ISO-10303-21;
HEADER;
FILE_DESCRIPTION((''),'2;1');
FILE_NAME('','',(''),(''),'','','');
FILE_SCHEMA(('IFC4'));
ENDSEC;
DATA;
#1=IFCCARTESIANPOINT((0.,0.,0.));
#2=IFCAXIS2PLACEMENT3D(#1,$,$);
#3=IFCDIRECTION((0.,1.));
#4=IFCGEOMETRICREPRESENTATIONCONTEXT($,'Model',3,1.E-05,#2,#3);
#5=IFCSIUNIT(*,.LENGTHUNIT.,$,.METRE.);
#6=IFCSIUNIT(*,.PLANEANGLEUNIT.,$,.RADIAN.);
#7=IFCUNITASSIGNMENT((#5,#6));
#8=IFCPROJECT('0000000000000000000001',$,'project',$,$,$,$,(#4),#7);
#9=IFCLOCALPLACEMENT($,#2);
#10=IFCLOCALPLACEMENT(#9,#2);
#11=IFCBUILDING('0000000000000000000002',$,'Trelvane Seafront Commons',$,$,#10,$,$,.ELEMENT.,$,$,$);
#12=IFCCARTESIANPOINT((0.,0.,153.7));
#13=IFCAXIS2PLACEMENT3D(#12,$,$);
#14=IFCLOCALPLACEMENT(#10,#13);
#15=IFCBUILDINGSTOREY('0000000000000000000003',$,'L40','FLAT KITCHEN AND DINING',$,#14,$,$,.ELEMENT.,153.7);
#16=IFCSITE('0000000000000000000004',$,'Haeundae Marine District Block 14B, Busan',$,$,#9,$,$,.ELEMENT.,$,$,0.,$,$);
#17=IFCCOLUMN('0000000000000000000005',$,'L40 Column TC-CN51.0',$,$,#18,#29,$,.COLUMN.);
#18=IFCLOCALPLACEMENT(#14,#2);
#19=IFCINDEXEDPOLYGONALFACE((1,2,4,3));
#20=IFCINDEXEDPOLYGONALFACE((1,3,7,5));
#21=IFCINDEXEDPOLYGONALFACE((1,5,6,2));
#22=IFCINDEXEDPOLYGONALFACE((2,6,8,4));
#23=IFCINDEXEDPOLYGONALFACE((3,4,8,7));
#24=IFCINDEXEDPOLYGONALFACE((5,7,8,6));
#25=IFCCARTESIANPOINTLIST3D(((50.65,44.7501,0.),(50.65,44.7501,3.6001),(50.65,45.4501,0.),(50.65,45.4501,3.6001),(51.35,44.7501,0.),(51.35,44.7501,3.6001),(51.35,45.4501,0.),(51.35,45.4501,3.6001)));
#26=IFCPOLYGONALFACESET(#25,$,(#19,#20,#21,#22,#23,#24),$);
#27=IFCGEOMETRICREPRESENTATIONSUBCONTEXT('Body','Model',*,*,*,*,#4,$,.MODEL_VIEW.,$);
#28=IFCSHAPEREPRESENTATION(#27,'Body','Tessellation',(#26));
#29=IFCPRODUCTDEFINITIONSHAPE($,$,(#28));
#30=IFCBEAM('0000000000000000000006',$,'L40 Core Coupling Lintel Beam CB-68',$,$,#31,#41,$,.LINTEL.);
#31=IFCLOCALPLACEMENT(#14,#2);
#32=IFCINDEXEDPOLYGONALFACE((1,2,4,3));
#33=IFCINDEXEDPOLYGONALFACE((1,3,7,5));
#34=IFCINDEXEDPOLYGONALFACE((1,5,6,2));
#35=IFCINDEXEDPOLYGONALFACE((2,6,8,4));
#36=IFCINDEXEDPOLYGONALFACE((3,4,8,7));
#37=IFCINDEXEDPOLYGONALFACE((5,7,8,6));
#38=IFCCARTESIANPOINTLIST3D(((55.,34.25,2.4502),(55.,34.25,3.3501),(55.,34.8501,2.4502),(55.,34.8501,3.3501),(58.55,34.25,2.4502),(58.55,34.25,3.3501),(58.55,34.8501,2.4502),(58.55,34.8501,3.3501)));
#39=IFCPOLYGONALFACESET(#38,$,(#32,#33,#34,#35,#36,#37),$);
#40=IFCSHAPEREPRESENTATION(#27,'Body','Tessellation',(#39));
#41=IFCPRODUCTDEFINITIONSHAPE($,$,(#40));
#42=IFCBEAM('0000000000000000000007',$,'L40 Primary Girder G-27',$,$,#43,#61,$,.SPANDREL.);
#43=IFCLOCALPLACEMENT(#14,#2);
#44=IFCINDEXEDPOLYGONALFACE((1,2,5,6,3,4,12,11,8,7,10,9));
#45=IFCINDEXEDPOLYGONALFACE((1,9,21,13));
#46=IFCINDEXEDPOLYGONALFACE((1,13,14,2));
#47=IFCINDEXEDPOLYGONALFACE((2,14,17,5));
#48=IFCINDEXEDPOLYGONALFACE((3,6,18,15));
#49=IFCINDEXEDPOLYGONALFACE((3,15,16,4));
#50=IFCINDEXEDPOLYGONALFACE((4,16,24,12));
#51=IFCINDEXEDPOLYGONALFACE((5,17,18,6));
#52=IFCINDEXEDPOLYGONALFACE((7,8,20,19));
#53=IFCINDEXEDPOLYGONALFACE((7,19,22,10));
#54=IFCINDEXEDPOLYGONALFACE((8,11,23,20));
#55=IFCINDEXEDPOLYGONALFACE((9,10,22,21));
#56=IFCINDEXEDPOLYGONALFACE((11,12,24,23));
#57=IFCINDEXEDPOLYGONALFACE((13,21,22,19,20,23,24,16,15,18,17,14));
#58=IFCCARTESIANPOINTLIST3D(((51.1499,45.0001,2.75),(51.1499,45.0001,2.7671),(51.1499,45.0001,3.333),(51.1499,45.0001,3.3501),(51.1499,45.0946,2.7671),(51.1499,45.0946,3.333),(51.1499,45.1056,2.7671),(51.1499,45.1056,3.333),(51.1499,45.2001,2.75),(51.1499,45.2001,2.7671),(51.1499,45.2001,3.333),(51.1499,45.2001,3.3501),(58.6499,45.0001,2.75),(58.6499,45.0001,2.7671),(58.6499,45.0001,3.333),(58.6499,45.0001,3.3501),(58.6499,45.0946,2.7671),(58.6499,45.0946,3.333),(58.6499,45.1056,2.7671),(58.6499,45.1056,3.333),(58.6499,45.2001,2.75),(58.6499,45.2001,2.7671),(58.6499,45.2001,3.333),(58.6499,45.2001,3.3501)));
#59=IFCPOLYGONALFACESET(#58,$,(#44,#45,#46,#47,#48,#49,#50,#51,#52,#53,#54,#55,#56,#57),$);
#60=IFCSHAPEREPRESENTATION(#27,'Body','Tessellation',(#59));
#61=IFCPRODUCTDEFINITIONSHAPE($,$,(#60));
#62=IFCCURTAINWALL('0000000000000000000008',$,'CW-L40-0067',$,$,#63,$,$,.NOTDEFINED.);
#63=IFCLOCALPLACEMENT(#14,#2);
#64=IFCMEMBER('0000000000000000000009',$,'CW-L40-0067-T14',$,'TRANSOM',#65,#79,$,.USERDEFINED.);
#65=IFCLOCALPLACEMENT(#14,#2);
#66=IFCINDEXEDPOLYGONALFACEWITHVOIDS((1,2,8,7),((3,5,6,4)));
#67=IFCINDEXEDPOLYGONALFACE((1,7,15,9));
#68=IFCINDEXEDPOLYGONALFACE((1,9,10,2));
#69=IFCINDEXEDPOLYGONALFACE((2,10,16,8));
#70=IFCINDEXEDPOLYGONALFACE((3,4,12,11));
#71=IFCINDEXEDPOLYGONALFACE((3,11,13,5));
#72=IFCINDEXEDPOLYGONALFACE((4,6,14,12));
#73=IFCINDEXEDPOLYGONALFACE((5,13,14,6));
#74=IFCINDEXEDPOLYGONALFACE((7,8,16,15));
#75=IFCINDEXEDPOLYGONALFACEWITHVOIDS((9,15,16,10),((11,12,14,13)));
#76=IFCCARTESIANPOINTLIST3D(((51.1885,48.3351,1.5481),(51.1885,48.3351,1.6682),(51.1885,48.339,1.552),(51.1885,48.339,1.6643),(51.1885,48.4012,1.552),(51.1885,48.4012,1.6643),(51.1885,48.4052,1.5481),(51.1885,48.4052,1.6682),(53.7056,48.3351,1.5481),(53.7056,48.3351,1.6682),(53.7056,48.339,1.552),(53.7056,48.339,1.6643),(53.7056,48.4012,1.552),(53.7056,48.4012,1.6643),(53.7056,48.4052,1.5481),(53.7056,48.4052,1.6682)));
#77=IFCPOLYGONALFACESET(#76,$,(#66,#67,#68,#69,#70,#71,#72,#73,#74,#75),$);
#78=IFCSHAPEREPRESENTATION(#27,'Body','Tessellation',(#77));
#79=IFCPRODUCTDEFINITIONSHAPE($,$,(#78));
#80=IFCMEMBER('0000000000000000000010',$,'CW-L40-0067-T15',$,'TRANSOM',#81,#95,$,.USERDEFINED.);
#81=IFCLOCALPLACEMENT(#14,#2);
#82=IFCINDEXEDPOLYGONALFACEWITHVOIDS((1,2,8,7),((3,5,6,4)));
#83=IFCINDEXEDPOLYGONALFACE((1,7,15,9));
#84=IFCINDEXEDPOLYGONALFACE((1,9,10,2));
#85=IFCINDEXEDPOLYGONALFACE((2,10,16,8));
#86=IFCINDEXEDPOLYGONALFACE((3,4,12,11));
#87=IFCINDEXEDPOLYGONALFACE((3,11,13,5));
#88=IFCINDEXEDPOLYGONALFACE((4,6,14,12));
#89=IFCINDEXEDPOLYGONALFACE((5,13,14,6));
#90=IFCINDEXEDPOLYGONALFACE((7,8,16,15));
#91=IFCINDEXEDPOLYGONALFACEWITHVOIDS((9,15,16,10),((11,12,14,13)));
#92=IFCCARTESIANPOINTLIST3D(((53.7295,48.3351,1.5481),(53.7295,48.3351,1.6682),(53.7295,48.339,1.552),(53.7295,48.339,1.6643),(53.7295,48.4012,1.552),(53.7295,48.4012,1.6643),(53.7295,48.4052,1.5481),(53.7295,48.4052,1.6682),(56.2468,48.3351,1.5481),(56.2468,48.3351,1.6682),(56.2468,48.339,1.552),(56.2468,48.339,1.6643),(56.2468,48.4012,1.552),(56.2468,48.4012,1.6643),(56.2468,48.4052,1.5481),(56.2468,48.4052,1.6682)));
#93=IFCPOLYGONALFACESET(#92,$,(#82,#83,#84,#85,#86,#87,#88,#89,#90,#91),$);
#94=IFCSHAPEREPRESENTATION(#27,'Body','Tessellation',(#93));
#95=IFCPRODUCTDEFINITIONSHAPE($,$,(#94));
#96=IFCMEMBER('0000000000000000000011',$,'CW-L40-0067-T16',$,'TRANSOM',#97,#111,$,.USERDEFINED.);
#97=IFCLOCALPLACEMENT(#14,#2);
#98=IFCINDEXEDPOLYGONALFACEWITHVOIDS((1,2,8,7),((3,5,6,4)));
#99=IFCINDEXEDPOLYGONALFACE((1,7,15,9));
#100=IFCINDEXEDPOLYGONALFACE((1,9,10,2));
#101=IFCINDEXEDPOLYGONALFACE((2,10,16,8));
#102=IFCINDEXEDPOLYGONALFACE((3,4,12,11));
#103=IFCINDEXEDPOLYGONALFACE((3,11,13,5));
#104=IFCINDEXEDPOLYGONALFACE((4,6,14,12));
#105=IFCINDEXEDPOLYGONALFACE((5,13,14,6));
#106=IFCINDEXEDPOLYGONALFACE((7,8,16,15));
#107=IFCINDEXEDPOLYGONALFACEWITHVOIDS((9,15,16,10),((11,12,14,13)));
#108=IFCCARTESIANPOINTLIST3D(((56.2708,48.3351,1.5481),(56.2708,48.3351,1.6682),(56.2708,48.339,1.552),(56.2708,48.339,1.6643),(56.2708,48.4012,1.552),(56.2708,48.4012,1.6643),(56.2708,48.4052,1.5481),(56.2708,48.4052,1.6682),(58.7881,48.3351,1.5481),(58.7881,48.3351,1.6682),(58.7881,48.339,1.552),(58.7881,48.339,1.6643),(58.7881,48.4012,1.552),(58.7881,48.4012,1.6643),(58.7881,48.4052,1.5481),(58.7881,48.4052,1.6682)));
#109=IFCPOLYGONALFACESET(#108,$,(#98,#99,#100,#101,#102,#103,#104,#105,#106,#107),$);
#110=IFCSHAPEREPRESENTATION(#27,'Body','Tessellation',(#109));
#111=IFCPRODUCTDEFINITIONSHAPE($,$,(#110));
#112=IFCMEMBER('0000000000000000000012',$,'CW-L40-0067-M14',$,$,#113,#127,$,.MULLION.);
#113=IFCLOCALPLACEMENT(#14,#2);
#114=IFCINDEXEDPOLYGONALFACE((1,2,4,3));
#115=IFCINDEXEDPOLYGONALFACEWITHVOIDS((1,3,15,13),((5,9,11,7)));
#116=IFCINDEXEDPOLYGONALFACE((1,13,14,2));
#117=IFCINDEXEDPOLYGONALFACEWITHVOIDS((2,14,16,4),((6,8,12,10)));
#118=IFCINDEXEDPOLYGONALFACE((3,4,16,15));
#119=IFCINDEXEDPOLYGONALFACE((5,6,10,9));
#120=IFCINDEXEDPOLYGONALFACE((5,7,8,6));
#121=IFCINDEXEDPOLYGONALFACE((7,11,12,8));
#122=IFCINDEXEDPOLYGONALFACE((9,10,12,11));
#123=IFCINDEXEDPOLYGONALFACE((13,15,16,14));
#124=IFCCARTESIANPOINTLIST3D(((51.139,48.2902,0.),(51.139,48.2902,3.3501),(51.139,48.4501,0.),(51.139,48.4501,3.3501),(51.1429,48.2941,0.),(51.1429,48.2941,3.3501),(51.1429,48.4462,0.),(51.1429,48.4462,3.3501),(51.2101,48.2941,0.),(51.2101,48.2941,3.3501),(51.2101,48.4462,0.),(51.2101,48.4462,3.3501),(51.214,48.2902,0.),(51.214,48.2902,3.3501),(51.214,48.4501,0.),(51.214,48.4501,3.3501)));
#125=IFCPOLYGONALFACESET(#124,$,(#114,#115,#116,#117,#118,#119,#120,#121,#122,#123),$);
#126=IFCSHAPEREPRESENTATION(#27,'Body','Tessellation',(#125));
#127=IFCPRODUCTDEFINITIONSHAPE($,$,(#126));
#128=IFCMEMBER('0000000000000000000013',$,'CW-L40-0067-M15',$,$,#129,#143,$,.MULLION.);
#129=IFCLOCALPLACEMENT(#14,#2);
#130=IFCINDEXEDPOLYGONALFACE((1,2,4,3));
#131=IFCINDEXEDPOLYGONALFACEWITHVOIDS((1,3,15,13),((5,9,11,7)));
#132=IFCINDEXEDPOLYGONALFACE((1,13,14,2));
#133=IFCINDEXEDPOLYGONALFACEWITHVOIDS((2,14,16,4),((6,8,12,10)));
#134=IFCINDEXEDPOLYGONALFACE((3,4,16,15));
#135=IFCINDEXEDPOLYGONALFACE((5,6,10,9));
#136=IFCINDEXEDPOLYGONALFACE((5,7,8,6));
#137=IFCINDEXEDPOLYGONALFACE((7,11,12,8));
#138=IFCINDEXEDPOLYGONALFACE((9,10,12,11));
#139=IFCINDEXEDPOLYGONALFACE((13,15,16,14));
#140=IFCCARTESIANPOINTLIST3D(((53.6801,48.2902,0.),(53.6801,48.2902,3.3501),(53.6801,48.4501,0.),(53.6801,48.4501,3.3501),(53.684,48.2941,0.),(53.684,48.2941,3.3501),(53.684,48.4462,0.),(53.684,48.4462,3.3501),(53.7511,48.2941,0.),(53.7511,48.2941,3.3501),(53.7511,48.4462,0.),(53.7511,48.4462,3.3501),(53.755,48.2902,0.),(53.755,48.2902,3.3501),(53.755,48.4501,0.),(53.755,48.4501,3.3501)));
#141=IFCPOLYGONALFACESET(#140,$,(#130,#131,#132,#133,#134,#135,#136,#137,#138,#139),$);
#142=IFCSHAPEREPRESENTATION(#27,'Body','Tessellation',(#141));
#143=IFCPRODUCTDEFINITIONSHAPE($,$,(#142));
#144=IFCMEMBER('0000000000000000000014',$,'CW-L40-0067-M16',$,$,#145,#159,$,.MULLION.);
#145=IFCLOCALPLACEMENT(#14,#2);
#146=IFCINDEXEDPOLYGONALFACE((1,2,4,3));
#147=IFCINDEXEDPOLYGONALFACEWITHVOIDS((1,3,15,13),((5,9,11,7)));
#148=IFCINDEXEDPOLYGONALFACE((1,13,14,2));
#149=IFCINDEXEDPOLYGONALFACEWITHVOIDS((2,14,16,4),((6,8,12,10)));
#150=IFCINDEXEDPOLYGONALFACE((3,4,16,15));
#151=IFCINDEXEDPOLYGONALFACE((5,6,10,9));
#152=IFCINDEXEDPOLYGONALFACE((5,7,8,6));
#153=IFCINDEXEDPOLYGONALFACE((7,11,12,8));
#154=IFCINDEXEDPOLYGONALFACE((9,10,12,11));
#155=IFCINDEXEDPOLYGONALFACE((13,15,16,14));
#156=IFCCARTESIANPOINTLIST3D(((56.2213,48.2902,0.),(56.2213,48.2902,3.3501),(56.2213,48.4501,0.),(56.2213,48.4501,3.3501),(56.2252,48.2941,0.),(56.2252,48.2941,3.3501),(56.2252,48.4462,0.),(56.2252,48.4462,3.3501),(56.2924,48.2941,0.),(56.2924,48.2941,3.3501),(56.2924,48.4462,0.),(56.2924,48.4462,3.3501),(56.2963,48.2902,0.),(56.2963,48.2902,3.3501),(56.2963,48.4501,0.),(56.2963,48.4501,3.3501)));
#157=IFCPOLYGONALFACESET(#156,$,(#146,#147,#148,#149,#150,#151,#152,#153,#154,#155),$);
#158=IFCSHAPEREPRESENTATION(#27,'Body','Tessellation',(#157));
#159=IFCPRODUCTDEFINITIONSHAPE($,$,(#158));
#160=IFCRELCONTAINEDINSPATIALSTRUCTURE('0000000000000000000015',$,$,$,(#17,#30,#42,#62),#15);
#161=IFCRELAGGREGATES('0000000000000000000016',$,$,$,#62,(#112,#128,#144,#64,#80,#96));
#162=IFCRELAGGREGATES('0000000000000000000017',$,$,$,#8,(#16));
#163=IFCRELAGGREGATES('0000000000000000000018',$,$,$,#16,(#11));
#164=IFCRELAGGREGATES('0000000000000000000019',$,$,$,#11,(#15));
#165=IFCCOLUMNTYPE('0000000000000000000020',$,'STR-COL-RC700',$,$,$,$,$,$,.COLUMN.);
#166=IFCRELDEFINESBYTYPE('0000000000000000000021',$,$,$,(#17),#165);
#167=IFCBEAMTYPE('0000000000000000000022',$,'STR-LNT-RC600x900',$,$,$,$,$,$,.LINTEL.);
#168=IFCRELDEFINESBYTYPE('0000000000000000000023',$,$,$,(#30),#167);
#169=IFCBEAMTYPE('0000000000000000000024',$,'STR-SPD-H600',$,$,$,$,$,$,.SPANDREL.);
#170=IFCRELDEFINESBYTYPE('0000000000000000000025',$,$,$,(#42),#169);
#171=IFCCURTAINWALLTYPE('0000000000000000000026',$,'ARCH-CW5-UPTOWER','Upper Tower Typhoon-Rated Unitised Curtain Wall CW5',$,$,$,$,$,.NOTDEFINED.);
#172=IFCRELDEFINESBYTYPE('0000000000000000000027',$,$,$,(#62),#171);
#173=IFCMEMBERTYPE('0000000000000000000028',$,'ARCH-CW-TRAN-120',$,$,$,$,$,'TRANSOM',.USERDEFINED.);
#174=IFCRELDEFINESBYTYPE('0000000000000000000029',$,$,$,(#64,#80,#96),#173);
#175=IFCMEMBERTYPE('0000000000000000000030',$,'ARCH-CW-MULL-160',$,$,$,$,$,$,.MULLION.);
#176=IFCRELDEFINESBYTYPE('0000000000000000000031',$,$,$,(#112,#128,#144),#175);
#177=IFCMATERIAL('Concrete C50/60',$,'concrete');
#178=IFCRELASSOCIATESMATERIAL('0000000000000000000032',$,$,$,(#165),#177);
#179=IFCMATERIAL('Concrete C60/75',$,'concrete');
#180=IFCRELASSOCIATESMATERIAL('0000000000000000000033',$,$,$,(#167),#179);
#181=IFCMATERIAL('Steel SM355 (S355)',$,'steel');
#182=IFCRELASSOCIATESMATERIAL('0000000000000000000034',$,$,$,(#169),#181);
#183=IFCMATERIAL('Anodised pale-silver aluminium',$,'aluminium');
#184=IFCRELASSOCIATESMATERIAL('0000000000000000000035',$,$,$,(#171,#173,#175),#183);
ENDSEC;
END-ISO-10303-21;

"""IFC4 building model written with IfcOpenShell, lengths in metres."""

from ifc_helpers import new_model, si_unit, direction, frame, origin, origin_2d, place, context, subcontext, project, spatial, rectangle, hollow_rectangle, i_section, extrude, source, transform, mapped, material, material_profile, profile_set, type_object, element, aggregate, save


model = new_model("IFC4")

# Units and contexts
model_context = context("Model", 3, precision=1e-05, world=origin(), true_north=direction((0.0, 1.0)))
body_context = subcontext(model_context, "Body", "Model", "MODEL_VIEW")
ifc_project = project(units=[si_unit("LENGTHUNIT", "METRE"), si_unit("PLANEANGLEUNIT", "RADIAN")], contexts=[model_context])

# Site, building, storey
site_placement = place(None, origin())
site = spatial("IfcSite", under=ifc_project, at=site_placement, Name="Haeundae Marine District Block 14B, Busan", CompositionType="ELEMENT", RefElevation=0.0)
building_placement = place(site_placement, origin())
building = spatial("IfcBuilding", under=site, at=building_placement, Name="Trelvane Seafront Commons", CompositionType="ELEMENT")
storey_placement = place(building_placement, frame((0.0, 0.0, 153.7)))
storey = spatial("IfcBuildingStorey", under=building, at=storey_placement, Name="L40", Description="FLAT KITCHEN AND DINING", CompositionType="ELEMENT", Elevation=153.7)

# Column
ifc_material_1 = material(Name="Concrete C50/60", Category="concrete")
ifc_material_profile_1 = material_profile(ifc_material_1, rectangle(XDim=0.7, YDim=0.7, at=origin_2d()), Name="RC-700x700")
ifc_profile_set_1 = profile_set([ifc_material_profile_1], Name="Concrete C50/60")
column_type = type_object("IfcColumnType", Name="STR-COL-RC700", PredefinedType="COLUMN", material=ifc_profile_set_1)
shared_shape_1 = source(origin(), body_context, "Body", "SweptSolid", [
    extrude(rectangle(XDim=0.7, YDim=0.7, at=origin_2d()), origin(), (0.0, 0.0, 1.0), 3.6001),
])
column_placement = place(storey_placement, frame((51.0, 45.1001, 0.0), z_axis=(0.0, 0.0, 1.0), x_axis=(1.0, 0.0, 0.0)))
element("IfcColumn", 1, at=column_placement, inside=storey, type_object=column_type, Name="L40 Column TC-CN51.0", PredefinedType="COLUMN", context=body_context, shape_type="MappedRepresentation", body=[
    mapped(shared_shape_1, transform((0.0, 0.0, 0.0), x_axis=(1.0, 0.0, 0.0), y_axis=(0.0, 1.0, 0.0), z_axis=(0.0, 0.0, 1.0), scale=1.0)),
])

# Beams
ifc_material_2 = material(Name="Concrete C60/75", Category="concrete")
ifc_material_profile_2 = material_profile(ifc_material_2, rectangle(XDim=0.6001, YDim=0.8999, at=origin_2d()), Name="RC-600x900")
ifc_profile_set_2 = profile_set([ifc_material_profile_2], Name="Concrete C60/75")
beam_type_1 = type_object("IfcBeamType", Name="STR-LNT-RC600x900", PredefinedType="LINTEL", material=ifc_profile_set_2)
shared_shape_2 = source(origin(), body_context, "Body", "SweptSolid", [
    extrude(rectangle(XDim=0.6001, YDim=0.8999, at=origin_2d()), origin(), (0.0, 0.0, 1.0), 3.55),
])
beam_1_placement = place(storey_placement, frame((55.0, 34.55, 2.9001), z_axis=(1.0, 0.0, 0.0), x_axis=(0.0, 1.0, 0.0)))
element("IfcBeam", 2, at=beam_1_placement, inside=storey, type_object=beam_type_1, Name="L40 Core Coupling Lintel Beam CB-68", PredefinedType="LINTEL", context=body_context, shape_type="MappedRepresentation", body=[
    mapped(shared_shape_2, transform((0.0, 0.0, 0.0), x_axis=(1.0, 0.0, 0.0), y_axis=(0.0, 1.0, 0.0), z_axis=(0.0, 0.0, 1.0), scale=1.0)),
])
ifc_material_3 = material(Name="Steel SM355 (S355)", Category="steel")
ifc_material_profile_3 = material_profile(ifc_material_3, i_section(OverallWidth=0.2, OverallDepth=0.6001, WebThickness=0.011, FlangeThickness=0.0171, at=origin_2d()), Name="H-600x200x11x17")
ifc_profile_set_3 = profile_set([ifc_material_profile_3], Name="Steel SM355 (S355)")
beam_type_2 = type_object("IfcBeamType", Name="STR-SPD-H600", PredefinedType="SPANDREL", material=ifc_profile_set_3)
shared_shape_3 = source(origin(), body_context, "Body", "SweptSolid", [
    extrude(i_section(OverallWidth=0.2, OverallDepth=0.6001, WebThickness=0.011, FlangeThickness=0.0171, at=origin_2d()), origin(), (0.0, 0.0, 1.0), 7.5),
])
beam_2_placement = place(storey_placement, frame((51.1499, 45.1001, 3.05), z_axis=(1.0, 0.0, 0.0), x_axis=(0.0, 1.0, 0.0)))
element("IfcBeam", 3, at=beam_2_placement, inside=storey, type_object=beam_type_2, Name="L40 Primary Girder G-27", PredefinedType="SPANDREL", context=body_context, shape_type="MappedRepresentation", body=[
    mapped(shared_shape_3, transform((0.0, 0.0, 0.0), x_axis=(1.0, 0.0, 0.0), y_axis=(0.0, 1.0, 0.0), z_axis=(0.0, 0.0, 1.0), scale=1.0)),
])

# Curtain wall, members
ifc_material_4 = material(Name="Anodised pale-silver aluminium", Category="aluminium")
curtain_wall_type = type_object("IfcCurtainWallType", Name="ARCH-CW5-UPTOWER", Description="Upper Tower Typhoon-Rated Unitised Curtain Wall CW5", PredefinedType="NOTDEFINED", material=ifc_material_4)
curtain_wall_placement = place(storey_placement, origin())
curtain_wall = element("IfcCurtainWall", 4, at=curtain_wall_placement, inside=storey, type_object=curtain_wall_type, Name="CW-L40-0067", PredefinedType="NOTDEFINED")
ifc_material_profile_4 = material_profile(ifc_material_4, hollow_rectangle(XDim=0.0701, YDim=0.1201, WallThickness=0.0039, at=origin_2d()), Name="TRAN-70x120x4")
ifc_profile_set_4 = profile_set([ifc_material_profile_4], Name="Anodised pale-silver aluminium")
member_type_1 = type_object("IfcMemberType", Name="ARCH-CW-TRAN-120", ElementType="TRANSOM", PredefinedType="USERDEFINED", material=ifc_profile_set_4)
shared_shape_4 = source(origin(), body_context, "Body", "SweptSolid", [
    extrude(hollow_rectangle(XDim=0.0701, YDim=0.1201, WallThickness=0.0039, at=origin_2d()), origin(), (0.0, 0.0, 1.0), 2.5171),
])
member_1_placement = place(storey_placement, frame((51.1885, 48.3701, 1.6082), z_axis=(1.0, 0.0, 0.0), x_axis=(0.0, 1.0, 0.0)))
member_1 = element("IfcMember", 5, at=member_1_placement, type_object=member_type_1, Name="CW-L40-0067-T14", ObjectType="TRANSOM", PredefinedType="USERDEFINED", context=body_context, shape_type="MappedRepresentation", body=[
    mapped(shared_shape_4, transform((0.0, 0.0, 0.0), x_axis=(1.0, 0.0, 0.0), y_axis=(0.0, 1.0, 0.0), z_axis=(0.0, 0.0, 1.0), scale=1.0)),
])
shared_shape_5 = source(origin(), body_context, "Body", "SweptSolid", [
    extrude(hollow_rectangle(XDim=0.0701, YDim=0.1201, WallThickness=0.0039, at=origin_2d()), origin(), (0.0, 0.0, 1.0), 2.5173),
])
member_2_placement = place(storey_placement, frame((53.7295, 48.3701, 1.6082), z_axis=(1.0, 0.0, 0.0), x_axis=(0.0, 1.0, 0.0)))
member_2 = element("IfcMember", 6, at=member_2_placement, type_object=member_type_1, Name="CW-L40-0067-T15", ObjectType="TRANSOM", PredefinedType="USERDEFINED", context=body_context, shape_type="MappedRepresentation", body=[
    mapped(shared_shape_5, transform((0.0, 0.0, 0.0), x_axis=(1.0, 0.0, 0.0), y_axis=(0.0, 1.0, 0.0), z_axis=(0.0, 0.0, 1.0), scale=1.0)),
])
member_3_placement = place(storey_placement, frame((56.2708, 48.3701, 1.6082), z_axis=(1.0, 0.0, 0.0), x_axis=(0.0, 1.0, 0.0)))
member_3 = element("IfcMember", 7, at=member_3_placement, type_object=member_type_1, Name="CW-L40-0067-T16", ObjectType="TRANSOM", PredefinedType="USERDEFINED", context=body_context, shape_type="MappedRepresentation", body=[
    mapped(shared_shape_5, transform((0.0, 0.0, 0.0), x_axis=(1.0, 0.0, 0.0), y_axis=(0.0, 1.0, 0.0), z_axis=(0.0, 0.0, 1.0), scale=1.0)),
])
ifc_material_profile_5 = material_profile(ifc_material_4, hollow_rectangle(XDim=0.075, YDim=0.1599, WallThickness=0.0039, at=origin_2d()), Name="MULL-75x160x4")
ifc_profile_set_5 = profile_set([ifc_material_profile_5], Name="Anodised pale-silver aluminium")
member_type_2 = type_object("IfcMemberType", Name="ARCH-CW-MULL-160", PredefinedType="MULLION", material=ifc_profile_set_5)
shared_shape_6 = source(origin(), body_context, "Body", "SweptSolid", [
    extrude(hollow_rectangle(XDim=0.075, YDim=0.1599, WallThickness=0.0039, at=origin_2d()), origin(), (0.0, 0.0, 1.0), 3.3501),
])
member_4_placement = place(storey_placement, frame((51.1765, 48.3701, 0.0), z_axis=(0.0, 0.0, 1.0), x_axis=(1.0, 0.0, 0.0)))
member_4 = element("IfcMember", 8, at=member_4_placement, type_object=member_type_2, Name="CW-L40-0067-M14", PredefinedType="MULLION", context=body_context, shape_type="MappedRepresentation", body=[
    mapped(shared_shape_6, transform((0.0, 0.0, 0.0), x_axis=(1.0, 0.0, 0.0), y_axis=(0.0, 1.0, 0.0), z_axis=(0.0, 0.0, 1.0), scale=1.0)),
])
member_5_placement = place(storey_placement, frame((53.7175, 48.3701, 0.0), z_axis=(0.0, 0.0, 1.0), x_axis=(1.0, 0.0, 0.0)))
member_5 = element("IfcMember", 9, at=member_5_placement, type_object=member_type_2, Name="CW-L40-0067-M15", PredefinedType="MULLION", context=body_context, shape_type="MappedRepresentation", body=[
    mapped(shared_shape_6, transform((0.0, 0.0, 0.0), x_axis=(1.0, 0.0, 0.0), y_axis=(0.0, 1.0, 0.0), z_axis=(0.0, 0.0, 1.0), scale=1.0)),
])
member_6_placement = place(storey_placement, frame((56.2588, 48.3701, 0.0), z_axis=(0.0, 0.0, 1.0), x_axis=(1.0, 0.0, 0.0)))
member_6 = element("IfcMember", 10, at=member_6_placement, type_object=member_type_2, Name="CW-L40-0067-M16", PredefinedType="MULLION", context=body_context, shape_type="MappedRepresentation", body=[
    mapped(shared_shape_6, transform((0.0, 0.0, 0.0), x_axis=(1.0, 0.0, 0.0), y_axis=(0.0, 1.0, 0.0), z_axis=(0.0, 0.0, 1.0), scale=1.0)),
])

aggregate(curtain_wall, [member_4, member_5, member_6, member_1, member_2, member_3])

save(model, "model.ifc")
